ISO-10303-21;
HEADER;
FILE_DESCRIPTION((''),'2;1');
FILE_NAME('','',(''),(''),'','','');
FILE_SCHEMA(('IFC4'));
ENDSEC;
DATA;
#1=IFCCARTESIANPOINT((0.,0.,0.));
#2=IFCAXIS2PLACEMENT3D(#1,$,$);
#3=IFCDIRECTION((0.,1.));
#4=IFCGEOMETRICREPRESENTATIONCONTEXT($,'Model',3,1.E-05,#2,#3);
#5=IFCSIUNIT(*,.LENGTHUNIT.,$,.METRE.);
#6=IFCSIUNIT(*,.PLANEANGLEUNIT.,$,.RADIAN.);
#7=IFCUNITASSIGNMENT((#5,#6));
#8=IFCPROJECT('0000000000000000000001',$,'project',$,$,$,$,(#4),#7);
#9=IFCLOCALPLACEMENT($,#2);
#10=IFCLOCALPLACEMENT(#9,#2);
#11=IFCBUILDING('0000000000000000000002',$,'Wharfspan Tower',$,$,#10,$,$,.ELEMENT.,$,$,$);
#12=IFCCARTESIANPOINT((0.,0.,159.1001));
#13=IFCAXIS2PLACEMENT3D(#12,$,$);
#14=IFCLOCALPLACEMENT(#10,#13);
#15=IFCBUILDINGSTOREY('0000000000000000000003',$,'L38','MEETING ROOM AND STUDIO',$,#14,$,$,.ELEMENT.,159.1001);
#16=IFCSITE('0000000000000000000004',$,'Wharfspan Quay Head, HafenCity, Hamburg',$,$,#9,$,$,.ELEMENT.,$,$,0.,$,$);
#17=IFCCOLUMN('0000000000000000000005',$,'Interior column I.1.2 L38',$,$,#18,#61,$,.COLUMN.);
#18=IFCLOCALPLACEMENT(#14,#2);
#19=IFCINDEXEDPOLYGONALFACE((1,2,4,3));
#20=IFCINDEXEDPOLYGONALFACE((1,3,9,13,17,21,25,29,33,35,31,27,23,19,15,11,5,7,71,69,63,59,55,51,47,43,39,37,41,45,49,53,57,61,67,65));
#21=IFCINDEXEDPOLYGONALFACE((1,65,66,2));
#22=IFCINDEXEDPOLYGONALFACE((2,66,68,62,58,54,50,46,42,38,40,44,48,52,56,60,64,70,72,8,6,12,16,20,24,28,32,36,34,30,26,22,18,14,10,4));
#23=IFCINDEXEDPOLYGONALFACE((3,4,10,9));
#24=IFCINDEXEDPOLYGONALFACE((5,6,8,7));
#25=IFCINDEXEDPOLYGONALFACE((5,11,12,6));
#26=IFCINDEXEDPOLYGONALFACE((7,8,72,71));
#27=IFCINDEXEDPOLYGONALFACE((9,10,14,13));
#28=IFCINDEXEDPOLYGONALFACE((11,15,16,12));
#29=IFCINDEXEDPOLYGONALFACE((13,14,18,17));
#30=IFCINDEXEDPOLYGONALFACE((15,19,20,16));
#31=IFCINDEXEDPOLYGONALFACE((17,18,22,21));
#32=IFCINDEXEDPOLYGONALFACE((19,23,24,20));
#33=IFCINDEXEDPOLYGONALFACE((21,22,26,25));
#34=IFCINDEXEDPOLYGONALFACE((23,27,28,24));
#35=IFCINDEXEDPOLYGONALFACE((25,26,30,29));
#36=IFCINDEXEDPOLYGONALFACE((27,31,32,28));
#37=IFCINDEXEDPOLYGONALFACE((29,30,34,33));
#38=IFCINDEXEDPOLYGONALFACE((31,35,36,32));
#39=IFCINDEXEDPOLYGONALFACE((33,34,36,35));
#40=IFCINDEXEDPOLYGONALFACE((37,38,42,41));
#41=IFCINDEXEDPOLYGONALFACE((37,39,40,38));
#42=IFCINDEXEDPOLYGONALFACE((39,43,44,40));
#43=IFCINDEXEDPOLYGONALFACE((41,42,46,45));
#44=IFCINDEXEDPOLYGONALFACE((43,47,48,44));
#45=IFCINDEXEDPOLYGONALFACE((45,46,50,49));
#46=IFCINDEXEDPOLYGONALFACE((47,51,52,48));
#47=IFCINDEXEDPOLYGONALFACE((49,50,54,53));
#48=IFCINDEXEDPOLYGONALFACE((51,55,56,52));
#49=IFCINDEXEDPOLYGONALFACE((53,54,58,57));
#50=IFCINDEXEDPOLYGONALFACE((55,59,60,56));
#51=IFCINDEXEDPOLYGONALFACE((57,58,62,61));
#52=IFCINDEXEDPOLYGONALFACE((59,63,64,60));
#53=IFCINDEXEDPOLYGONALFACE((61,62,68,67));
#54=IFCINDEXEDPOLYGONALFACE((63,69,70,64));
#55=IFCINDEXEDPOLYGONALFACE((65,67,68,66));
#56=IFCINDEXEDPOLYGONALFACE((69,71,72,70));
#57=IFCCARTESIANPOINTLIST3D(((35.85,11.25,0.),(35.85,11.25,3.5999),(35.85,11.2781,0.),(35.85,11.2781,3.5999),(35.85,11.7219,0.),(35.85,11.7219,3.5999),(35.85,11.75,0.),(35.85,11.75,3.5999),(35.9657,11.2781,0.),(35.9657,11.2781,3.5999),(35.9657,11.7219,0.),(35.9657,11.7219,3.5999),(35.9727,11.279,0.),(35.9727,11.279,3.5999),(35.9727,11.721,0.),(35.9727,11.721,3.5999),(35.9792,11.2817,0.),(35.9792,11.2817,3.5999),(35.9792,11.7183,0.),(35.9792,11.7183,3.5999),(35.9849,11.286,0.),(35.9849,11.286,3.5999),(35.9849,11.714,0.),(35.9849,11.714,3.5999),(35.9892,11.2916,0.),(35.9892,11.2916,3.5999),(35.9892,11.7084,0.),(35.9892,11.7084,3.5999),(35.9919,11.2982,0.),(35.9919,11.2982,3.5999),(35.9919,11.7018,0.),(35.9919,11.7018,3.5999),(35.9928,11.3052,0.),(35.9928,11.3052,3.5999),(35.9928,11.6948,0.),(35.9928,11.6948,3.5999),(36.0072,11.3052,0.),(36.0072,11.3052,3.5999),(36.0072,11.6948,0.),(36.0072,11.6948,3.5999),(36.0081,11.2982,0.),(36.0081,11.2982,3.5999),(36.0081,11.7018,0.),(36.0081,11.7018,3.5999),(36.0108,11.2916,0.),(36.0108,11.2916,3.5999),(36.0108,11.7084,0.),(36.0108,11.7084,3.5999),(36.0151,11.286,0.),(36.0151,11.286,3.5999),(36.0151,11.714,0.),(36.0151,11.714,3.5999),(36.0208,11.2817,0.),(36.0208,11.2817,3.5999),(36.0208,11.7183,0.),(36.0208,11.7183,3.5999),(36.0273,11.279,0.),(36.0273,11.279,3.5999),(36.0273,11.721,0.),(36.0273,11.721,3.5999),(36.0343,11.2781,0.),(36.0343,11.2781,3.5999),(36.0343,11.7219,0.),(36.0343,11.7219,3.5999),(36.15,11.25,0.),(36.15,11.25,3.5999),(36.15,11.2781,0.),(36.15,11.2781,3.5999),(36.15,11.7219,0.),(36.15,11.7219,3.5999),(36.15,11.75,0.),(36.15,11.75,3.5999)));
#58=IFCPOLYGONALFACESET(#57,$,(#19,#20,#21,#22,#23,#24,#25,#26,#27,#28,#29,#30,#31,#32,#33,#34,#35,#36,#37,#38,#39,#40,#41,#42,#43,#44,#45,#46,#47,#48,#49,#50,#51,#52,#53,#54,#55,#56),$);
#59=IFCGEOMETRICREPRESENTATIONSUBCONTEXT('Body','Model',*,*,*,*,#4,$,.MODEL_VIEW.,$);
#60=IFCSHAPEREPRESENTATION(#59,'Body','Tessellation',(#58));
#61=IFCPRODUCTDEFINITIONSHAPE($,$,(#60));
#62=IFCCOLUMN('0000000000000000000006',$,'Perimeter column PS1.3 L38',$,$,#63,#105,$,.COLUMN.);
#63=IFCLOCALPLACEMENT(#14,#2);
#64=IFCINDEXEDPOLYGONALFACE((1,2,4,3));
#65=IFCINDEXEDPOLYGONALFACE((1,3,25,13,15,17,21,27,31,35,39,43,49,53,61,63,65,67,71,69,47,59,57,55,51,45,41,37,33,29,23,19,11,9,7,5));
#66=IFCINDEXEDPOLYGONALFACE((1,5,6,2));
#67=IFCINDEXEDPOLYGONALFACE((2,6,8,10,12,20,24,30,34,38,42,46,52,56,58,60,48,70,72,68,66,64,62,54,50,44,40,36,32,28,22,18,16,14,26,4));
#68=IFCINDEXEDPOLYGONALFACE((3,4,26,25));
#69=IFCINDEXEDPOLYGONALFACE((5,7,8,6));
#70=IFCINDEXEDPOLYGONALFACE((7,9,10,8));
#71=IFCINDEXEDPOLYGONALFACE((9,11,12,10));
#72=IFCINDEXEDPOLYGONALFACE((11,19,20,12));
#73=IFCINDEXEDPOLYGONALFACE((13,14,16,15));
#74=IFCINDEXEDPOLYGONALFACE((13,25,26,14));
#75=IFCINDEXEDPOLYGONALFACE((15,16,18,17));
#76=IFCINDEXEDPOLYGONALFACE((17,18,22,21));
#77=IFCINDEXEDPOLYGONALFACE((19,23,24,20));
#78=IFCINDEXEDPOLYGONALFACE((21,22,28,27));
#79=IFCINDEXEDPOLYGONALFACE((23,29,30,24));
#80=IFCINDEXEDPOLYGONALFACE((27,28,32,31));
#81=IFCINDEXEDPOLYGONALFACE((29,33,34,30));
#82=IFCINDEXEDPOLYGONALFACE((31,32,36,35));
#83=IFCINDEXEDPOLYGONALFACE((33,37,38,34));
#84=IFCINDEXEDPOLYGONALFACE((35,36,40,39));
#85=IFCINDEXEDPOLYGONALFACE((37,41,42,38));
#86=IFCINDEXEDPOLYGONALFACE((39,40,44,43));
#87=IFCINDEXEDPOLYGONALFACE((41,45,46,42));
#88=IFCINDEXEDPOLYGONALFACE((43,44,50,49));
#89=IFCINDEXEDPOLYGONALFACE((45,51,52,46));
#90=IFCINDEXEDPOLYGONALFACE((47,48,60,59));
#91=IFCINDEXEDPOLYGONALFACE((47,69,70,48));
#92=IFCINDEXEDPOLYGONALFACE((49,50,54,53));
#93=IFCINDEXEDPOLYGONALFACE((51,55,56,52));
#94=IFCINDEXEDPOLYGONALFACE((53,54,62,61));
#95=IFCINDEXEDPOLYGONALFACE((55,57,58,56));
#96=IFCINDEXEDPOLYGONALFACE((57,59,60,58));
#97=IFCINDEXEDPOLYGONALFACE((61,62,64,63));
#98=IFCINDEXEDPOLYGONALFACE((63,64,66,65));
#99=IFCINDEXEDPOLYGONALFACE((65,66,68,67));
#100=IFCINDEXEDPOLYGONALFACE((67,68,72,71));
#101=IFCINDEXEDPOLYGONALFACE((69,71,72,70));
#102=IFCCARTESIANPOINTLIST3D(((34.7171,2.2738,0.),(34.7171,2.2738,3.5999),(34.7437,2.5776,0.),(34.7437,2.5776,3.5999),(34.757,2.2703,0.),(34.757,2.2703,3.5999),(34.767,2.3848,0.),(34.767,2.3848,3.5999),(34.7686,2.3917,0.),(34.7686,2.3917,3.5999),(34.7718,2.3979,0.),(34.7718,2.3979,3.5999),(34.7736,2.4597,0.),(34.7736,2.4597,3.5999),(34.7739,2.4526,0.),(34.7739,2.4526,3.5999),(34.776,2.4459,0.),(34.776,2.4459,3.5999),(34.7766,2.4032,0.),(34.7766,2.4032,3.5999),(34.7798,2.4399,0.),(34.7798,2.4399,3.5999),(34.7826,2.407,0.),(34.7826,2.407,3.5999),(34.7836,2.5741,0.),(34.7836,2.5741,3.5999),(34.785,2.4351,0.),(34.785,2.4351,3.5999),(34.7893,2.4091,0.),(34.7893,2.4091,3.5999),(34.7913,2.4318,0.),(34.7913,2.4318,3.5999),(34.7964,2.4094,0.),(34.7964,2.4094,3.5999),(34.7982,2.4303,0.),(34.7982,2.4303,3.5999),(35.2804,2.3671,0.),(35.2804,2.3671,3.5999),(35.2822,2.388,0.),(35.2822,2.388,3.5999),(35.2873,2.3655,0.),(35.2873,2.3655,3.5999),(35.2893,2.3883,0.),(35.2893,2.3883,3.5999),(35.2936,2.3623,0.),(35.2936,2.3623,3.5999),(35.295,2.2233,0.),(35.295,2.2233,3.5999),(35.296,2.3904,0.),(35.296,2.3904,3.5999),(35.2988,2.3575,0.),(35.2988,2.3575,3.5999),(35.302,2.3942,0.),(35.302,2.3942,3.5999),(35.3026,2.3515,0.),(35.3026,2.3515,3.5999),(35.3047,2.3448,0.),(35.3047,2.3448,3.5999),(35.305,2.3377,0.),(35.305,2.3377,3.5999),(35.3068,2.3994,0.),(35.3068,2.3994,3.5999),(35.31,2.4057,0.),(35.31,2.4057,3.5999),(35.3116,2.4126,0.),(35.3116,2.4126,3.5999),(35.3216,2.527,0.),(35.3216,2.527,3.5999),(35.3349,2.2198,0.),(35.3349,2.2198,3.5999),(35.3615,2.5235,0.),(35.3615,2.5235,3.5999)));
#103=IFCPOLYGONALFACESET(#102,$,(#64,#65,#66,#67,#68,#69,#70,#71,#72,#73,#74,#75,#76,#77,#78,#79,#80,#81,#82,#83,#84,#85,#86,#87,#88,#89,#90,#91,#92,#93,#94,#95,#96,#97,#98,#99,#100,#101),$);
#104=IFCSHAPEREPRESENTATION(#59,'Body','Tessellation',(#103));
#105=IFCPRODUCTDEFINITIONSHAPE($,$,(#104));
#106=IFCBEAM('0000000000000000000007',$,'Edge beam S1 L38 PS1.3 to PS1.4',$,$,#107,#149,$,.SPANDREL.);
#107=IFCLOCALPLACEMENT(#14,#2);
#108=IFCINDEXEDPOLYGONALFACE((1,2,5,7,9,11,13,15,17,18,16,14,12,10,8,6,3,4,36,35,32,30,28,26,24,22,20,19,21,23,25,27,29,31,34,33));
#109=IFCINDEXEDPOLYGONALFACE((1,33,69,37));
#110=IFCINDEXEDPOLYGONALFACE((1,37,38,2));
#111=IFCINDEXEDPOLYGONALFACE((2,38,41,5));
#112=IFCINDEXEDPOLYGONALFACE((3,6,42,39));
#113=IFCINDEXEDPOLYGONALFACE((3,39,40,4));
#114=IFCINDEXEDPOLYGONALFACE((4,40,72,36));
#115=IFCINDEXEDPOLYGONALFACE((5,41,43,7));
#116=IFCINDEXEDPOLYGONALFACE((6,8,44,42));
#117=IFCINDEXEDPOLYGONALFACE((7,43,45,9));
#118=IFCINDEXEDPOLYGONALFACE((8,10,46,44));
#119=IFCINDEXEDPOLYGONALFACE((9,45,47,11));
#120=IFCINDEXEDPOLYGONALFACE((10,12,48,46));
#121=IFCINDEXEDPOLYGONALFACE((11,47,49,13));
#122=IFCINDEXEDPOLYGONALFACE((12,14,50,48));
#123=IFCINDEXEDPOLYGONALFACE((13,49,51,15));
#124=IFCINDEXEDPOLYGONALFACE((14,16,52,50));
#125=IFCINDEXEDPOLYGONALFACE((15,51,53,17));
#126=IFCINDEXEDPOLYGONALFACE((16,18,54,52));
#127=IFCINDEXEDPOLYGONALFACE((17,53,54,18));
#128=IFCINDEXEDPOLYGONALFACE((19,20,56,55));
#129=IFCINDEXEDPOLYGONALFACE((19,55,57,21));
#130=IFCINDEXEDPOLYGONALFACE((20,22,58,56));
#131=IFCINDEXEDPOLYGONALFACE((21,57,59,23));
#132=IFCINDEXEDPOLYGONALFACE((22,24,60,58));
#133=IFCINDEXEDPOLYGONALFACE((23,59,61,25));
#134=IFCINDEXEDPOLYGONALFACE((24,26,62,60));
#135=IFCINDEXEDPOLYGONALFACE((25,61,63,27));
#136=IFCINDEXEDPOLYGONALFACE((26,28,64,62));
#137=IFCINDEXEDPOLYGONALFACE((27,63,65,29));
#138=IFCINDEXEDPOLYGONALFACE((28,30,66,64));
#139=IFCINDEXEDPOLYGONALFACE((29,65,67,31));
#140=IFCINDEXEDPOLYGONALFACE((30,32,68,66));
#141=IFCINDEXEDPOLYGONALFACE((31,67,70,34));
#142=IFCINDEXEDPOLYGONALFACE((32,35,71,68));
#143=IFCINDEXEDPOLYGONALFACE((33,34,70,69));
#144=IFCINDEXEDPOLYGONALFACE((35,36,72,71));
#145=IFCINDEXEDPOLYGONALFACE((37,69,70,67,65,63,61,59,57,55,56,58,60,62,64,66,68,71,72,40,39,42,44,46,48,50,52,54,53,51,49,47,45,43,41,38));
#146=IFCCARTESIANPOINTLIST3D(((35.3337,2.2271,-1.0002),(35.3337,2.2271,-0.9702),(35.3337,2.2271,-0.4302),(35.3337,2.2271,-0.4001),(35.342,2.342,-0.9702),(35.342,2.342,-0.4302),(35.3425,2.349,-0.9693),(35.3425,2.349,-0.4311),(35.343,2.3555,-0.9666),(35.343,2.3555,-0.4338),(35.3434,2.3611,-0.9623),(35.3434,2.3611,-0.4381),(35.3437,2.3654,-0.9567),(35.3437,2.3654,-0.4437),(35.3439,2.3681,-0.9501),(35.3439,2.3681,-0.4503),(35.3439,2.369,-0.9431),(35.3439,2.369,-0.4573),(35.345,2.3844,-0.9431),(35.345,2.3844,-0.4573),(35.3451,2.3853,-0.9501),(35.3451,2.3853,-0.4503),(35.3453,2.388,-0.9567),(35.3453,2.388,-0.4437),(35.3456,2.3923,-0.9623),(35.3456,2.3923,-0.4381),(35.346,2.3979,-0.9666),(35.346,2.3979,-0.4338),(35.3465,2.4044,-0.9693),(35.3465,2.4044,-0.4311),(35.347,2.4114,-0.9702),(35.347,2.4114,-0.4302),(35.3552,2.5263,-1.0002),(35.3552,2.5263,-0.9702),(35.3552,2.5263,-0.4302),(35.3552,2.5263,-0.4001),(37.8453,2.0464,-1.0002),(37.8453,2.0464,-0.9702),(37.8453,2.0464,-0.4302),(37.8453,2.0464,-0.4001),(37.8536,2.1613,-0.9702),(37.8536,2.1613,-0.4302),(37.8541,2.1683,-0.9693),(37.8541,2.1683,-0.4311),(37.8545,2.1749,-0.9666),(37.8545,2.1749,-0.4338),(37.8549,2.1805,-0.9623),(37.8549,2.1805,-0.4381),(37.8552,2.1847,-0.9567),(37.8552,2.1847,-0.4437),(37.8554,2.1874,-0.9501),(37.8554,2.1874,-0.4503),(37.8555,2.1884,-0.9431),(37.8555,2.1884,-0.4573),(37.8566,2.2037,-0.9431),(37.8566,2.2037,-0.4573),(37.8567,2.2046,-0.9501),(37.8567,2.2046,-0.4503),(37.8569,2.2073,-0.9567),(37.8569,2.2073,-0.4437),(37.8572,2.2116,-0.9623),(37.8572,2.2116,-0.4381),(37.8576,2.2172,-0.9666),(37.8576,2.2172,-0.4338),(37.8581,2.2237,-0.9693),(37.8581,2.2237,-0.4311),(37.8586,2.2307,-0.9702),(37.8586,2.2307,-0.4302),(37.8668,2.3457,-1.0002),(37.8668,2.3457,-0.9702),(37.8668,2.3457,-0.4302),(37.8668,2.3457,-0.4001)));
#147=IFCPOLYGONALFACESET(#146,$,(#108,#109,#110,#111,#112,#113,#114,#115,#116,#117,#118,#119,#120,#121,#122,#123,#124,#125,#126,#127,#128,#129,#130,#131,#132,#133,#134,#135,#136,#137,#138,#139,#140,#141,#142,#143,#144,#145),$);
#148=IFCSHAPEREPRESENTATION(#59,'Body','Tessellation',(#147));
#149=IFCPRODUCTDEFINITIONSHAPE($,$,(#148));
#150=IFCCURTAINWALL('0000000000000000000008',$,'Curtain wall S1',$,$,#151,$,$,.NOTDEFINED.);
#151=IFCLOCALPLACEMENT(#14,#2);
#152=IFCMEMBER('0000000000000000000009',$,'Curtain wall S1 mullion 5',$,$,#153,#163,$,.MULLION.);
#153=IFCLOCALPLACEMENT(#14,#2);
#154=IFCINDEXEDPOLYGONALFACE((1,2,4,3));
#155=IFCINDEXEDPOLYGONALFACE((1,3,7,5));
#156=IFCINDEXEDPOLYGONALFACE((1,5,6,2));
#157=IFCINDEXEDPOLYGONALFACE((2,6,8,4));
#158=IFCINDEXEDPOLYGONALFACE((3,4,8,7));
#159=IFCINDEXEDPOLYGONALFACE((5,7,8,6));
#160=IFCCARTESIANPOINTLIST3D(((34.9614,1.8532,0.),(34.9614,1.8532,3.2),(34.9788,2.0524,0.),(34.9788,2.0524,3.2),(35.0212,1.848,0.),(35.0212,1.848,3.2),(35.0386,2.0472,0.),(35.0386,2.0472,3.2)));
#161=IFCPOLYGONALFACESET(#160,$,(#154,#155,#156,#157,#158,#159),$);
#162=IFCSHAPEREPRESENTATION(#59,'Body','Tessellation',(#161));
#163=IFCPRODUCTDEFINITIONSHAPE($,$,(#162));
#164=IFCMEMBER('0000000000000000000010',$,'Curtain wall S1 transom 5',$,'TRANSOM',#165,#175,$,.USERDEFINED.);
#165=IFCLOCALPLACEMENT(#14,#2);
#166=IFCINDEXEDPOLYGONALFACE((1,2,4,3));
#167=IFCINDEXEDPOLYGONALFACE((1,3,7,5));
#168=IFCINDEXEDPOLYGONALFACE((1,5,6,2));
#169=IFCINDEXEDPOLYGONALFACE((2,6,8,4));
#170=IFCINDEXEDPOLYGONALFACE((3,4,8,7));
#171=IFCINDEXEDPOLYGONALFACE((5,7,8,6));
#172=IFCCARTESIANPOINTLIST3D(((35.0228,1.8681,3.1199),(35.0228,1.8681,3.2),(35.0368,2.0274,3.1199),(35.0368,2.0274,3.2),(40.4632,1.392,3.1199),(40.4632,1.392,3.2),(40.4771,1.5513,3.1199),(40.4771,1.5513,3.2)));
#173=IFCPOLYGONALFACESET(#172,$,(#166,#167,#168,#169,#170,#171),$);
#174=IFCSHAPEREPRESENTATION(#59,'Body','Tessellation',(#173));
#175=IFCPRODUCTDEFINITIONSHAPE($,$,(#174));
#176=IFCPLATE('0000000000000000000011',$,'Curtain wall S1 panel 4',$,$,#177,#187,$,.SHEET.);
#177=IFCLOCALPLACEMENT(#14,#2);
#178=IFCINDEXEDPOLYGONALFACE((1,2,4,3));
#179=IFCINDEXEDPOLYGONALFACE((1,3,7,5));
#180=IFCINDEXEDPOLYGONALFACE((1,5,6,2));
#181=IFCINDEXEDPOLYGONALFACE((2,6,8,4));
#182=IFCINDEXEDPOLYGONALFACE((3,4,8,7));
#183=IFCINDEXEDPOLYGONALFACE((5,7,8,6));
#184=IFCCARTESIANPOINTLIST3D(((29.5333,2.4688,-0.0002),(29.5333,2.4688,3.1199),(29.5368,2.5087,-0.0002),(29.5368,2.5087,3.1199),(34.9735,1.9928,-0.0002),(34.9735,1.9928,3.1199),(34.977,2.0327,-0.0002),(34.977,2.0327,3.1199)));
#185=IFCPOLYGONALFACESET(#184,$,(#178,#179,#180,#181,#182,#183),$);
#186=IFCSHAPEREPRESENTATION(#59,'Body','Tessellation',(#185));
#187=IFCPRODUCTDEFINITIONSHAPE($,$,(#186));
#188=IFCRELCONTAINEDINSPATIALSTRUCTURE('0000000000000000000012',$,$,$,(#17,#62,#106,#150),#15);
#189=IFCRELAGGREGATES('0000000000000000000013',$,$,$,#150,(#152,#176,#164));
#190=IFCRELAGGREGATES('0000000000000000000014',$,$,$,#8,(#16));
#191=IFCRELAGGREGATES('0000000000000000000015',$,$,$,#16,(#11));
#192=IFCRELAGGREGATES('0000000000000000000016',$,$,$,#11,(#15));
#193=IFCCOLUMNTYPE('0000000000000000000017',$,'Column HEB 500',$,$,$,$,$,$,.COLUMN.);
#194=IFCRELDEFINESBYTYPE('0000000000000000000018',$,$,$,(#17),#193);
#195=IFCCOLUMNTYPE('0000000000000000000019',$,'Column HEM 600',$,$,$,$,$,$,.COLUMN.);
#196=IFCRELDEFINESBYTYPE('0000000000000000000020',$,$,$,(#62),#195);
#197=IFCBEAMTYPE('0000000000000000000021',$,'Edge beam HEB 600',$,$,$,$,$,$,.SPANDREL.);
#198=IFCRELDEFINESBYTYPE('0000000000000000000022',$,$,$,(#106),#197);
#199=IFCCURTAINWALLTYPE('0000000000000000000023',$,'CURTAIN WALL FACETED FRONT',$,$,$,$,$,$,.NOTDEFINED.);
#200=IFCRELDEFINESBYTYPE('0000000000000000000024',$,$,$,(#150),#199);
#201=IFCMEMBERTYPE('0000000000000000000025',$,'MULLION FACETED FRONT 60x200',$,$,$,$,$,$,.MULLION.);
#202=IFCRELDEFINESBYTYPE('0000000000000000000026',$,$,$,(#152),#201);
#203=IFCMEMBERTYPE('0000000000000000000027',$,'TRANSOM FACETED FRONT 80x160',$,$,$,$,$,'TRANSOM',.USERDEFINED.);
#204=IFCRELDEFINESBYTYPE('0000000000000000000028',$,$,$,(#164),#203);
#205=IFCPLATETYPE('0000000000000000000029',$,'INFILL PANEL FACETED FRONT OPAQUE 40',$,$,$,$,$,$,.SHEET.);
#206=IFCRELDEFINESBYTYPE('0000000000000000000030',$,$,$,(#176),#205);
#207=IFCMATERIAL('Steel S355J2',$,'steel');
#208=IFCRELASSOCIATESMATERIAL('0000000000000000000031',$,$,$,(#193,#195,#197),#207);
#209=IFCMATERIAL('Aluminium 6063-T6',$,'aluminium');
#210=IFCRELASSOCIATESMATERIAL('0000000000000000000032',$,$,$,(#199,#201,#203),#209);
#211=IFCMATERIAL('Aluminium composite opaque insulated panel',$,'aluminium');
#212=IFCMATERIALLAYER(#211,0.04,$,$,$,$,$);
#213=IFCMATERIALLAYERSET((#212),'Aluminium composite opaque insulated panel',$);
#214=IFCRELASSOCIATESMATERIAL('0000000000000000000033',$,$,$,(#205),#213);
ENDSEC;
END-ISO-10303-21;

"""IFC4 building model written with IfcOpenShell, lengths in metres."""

from ifc_helpers import new_model, si_unit, direction, frame, origin, origin_2d, place, context, subcontext, project, spatial, rectangle, i_section, extrude, material, layer, layer_set, material_profile, profile_set, type_object, element, aggregate, save


model = new_model("IFC4")

# Units and contexts
model_context = context("Model", 3, precision=1e-05, world=origin(), true_north=direction((0.0, 1.0)))
body_context = subcontext(model_context, "Body", "Model", "MODEL_VIEW")
ifc_project = project(units=[si_unit("LENGTHUNIT", "METRE"), si_unit("PLANEANGLEUNIT", "RADIAN")], contexts=[model_context])

# Site, building, storey
site_placement = place(None, origin())
site = spatial("IfcSite", under=ifc_project, at=site_placement, Name="Wharfspan Quay Head, HafenCity, Hamburg", CompositionType="ELEMENT", RefElevation=0.0)
building_placement = place(site_placement, origin())
building = spatial("IfcBuilding", under=site, at=building_placement, Name="Wharfspan Tower", CompositionType="ELEMENT")
storey_placement = place(building_placement, frame((0.0, 0.0, 159.1001)))
storey = spatial("IfcBuildingStorey", under=building, at=storey_placement, Name="L38", Description="MEETING ROOM AND STUDIO", CompositionType="ELEMENT", Elevation=159.1001)

# Columns
ifc_material_1 = material(Name="Steel S355J2", Category="steel")
ifc_material_profile_1 = material_profile(ifc_material_1, i_section(OverallWidth=0.3, OverallDepth=0.5, WebThickness=0.0144, FlangeThickness=0.0281, FilletRadius=0.0271, at=origin_2d()))
ifc_profile_set_1 = profile_set([ifc_material_profile_1], Name="Steel S355J2")
column_type_1 = type_object("IfcColumnType", Name="Column HEB 500", PredefinedType="COLUMN", material=ifc_profile_set_1)
column_1_placement = place(storey_placement, frame((36.0, 11.5, 0.0), z_axis=(0.0, 0.0, 1.0), x_axis=(1.0, 0.0, 0.0)))
element("IfcColumn", 1, at=column_1_placement, inside=storey, type_object=column_type_1, Name="Interior column I.1.2 L38", PredefinedType="COLUMN", context=body_context, shape_type="SweptSolid", body=[
    extrude(i_section(OverallWidth=0.3, OverallDepth=0.5, WebThickness=0.0144, FlangeThickness=0.0281, FilletRadius=0.0271, at=origin_2d()), origin(), (0.0, 0.0, 1.0), 3.5999),
])
ifc_material_profile_2 = material_profile(ifc_material_1, i_section(OverallWidth=0.3049, OverallDepth=0.6201, WebThickness=0.021, FlangeThickness=0.04, FilletRadius=0.0271, at=origin_2d()))
ifc_profile_set_2 = profile_set([ifc_material_profile_2], Name="Steel S355J2")
column_type_2 = type_object("IfcColumnType", Name="Column HEM 600", PredefinedType="COLUMN", material=ifc_profile_set_2)
column_2_placement = place(storey_placement, frame((35.0393, 2.3987, 0.0), z_axis=(0.0, 0.0, 1.0), x_axis=(-0.087156, -0.996198, 0.0)))
element("IfcColumn", 2, at=column_2_placement, inside=storey, type_object=column_type_2, Name="Perimeter column PS1.3 L38", PredefinedType="COLUMN", context=body_context, shape_type="SweptSolid", body=[
    extrude(i_section(OverallWidth=0.3049, OverallDepth=0.6201, WebThickness=0.021, FlangeThickness=0.04, FilletRadius=0.0271, at=origin_2d()), origin(), (0.0, 0.0, 1.0), 3.5999),
])

# Beam
ifc_material_profile_3 = material_profile(ifc_material_1, i_section(OverallWidth=0.3, OverallDepth=0.6001, WebThickness=0.0154, FlangeThickness=0.03, FilletRadius=0.0271, at=origin_2d()))
ifc_profile_set_3 = profile_set([ifc_material_profile_3], Name="Steel S355J2")
beam_type = type_object("IfcBeamType", Name="Edge beam HEB 600", PredefinedType="SPANDREL", material=ifc_profile_set_3)
beam_placement = place(storey_placement, frame((35.3445, 2.3767, -0.7002), z_axis=(0.997423, -0.07175, 0.0), x_axis=(0.07175, 0.997423, 0.0)))
element("IfcBeam", 3, at=beam_placement, inside=storey, type_object=beam_type, Name="Edge beam S1 L38 PS1.3 to PS1.4", PredefinedType="SPANDREL", context=body_context, shape_type="SweptSolid", body=[
    extrude(i_section(OverallWidth=0.3, OverallDepth=0.6001, WebThickness=0.0154, FlangeThickness=0.03, FilletRadius=0.0271, at=origin_2d()), origin(), (0.0, 0.0, 1.0), 2.5181),
])

# Curtain wall, members, plate
ifc_material_2 = material(Name="Aluminium 6063-T6", Category="aluminium")
curtain_wall_type = type_object("IfcCurtainWallType", Name="CURTAIN WALL FACETED FRONT", PredefinedType="NOTDEFINED", material=ifc_material_2)
curtain_wall_placement = place(storey_placement, origin())
curtain_wall = element("IfcCurtainWall", 4, at=curtain_wall_placement, inside=storey, type_object=curtain_wall_type, Name="Curtain wall S1", PredefinedType="NOTDEFINED")
ifc_material_profile_4 = material_profile(ifc_material_2, rectangle(XDim=0.2, YDim=0.0601, at=origin_2d()))
ifc_profile_set_4 = profile_set([ifc_material_profile_4], Name="Aluminium 6063-T6")
member_type_1 = type_object("IfcMemberType", Name="MULLION FACETED FRONT 60x200", PredefinedType="MULLION", material=ifc_profile_set_4)
member_1_placement = place(storey_placement, frame((35.0, 1.9502, 0.0), z_axis=(0.0, 0.0, 1.0), x_axis=(0.087156, 0.996198, 0.0)))
member_1 = element("IfcMember", 5, at=member_1_placement, type_object=member_type_1, Name="Curtain wall S1 mullion 5", PredefinedType="MULLION", context=body_context, shape_type="SweptSolid", body=[
    extrude(rectangle(XDim=0.2, YDim=0.0601, at=origin_2d()), origin(), (0.0, 0.0, 1.0), 3.2),
])
ifc_material_profile_5 = material_profile(ifc_material_2, rectangle(XDim=0.1599, YDim=0.0801, at=origin_2d()))
ifc_profile_set_5 = profile_set([ifc_material_profile_5], Name="Aluminium 6063-T6")
member_type_2 = type_object("IfcMemberType", Name="TRANSOM FACETED FRONT 80x160", ElementType="TRANSOM", PredefinedType="USERDEFINED", material=ifc_profile_set_5)
member_2_placement = place(storey_placement, frame((35.0298, 1.9478, 3.1599), z_axis=(0.996193, -0.087174, 0.0), x_axis=(0.087174, 0.996193, 0.0)))
member_2 = element("IfcMember", 6, at=member_2_placement, type_object=member_type_2, Name="Curtain wall S1 transom 5", ObjectType="TRANSOM", PredefinedType="USERDEFINED", context=body_context, shape_type="SweptSolid", body=[
    extrude(rectangle(XDim=0.1599, YDim=0.0801, at=origin_2d()), origin(), (0.0, 0.0, 1.0), 5.4612),
])
ifc_material_3 = material(Name="Aluminium composite opaque insulated panel", Category="aluminium")
ifc_layer_1 = layer(ifc_material_3, 0.04)
ifc_layer_set_1 = layer_set([ifc_layer_1], Name="Aluminium composite opaque insulated panel")
plate_type = type_object("IfcPlateType", Name="INFILL PANEL FACETED FRONT OPAQUE 40", PredefinedType="SHEET", material=ifc_layer_set_1)
plate_placement = place(storey_placement, frame((32.2551, 2.2507, -0.0002), z_axis=(0.0, 0.0, 1.0), x_axis=(0.996198, -0.087156, 0.0)))
plate = element("IfcPlate", 7, at=plate_placement, type_object=plate_type, Name="Curtain wall S1 panel 4", PredefinedType="SHEET", context=body_context, shape_type="SweptSolid", body=[
    extrude(rectangle(XDim=5.4609, YDim=0.04, at=origin_2d()), origin(), (0.0, 0.0, 1.0), 3.1201),
])
aggregate(curtain_wall, [member_1, plate, member_2])

save(model, "model.ifc")
